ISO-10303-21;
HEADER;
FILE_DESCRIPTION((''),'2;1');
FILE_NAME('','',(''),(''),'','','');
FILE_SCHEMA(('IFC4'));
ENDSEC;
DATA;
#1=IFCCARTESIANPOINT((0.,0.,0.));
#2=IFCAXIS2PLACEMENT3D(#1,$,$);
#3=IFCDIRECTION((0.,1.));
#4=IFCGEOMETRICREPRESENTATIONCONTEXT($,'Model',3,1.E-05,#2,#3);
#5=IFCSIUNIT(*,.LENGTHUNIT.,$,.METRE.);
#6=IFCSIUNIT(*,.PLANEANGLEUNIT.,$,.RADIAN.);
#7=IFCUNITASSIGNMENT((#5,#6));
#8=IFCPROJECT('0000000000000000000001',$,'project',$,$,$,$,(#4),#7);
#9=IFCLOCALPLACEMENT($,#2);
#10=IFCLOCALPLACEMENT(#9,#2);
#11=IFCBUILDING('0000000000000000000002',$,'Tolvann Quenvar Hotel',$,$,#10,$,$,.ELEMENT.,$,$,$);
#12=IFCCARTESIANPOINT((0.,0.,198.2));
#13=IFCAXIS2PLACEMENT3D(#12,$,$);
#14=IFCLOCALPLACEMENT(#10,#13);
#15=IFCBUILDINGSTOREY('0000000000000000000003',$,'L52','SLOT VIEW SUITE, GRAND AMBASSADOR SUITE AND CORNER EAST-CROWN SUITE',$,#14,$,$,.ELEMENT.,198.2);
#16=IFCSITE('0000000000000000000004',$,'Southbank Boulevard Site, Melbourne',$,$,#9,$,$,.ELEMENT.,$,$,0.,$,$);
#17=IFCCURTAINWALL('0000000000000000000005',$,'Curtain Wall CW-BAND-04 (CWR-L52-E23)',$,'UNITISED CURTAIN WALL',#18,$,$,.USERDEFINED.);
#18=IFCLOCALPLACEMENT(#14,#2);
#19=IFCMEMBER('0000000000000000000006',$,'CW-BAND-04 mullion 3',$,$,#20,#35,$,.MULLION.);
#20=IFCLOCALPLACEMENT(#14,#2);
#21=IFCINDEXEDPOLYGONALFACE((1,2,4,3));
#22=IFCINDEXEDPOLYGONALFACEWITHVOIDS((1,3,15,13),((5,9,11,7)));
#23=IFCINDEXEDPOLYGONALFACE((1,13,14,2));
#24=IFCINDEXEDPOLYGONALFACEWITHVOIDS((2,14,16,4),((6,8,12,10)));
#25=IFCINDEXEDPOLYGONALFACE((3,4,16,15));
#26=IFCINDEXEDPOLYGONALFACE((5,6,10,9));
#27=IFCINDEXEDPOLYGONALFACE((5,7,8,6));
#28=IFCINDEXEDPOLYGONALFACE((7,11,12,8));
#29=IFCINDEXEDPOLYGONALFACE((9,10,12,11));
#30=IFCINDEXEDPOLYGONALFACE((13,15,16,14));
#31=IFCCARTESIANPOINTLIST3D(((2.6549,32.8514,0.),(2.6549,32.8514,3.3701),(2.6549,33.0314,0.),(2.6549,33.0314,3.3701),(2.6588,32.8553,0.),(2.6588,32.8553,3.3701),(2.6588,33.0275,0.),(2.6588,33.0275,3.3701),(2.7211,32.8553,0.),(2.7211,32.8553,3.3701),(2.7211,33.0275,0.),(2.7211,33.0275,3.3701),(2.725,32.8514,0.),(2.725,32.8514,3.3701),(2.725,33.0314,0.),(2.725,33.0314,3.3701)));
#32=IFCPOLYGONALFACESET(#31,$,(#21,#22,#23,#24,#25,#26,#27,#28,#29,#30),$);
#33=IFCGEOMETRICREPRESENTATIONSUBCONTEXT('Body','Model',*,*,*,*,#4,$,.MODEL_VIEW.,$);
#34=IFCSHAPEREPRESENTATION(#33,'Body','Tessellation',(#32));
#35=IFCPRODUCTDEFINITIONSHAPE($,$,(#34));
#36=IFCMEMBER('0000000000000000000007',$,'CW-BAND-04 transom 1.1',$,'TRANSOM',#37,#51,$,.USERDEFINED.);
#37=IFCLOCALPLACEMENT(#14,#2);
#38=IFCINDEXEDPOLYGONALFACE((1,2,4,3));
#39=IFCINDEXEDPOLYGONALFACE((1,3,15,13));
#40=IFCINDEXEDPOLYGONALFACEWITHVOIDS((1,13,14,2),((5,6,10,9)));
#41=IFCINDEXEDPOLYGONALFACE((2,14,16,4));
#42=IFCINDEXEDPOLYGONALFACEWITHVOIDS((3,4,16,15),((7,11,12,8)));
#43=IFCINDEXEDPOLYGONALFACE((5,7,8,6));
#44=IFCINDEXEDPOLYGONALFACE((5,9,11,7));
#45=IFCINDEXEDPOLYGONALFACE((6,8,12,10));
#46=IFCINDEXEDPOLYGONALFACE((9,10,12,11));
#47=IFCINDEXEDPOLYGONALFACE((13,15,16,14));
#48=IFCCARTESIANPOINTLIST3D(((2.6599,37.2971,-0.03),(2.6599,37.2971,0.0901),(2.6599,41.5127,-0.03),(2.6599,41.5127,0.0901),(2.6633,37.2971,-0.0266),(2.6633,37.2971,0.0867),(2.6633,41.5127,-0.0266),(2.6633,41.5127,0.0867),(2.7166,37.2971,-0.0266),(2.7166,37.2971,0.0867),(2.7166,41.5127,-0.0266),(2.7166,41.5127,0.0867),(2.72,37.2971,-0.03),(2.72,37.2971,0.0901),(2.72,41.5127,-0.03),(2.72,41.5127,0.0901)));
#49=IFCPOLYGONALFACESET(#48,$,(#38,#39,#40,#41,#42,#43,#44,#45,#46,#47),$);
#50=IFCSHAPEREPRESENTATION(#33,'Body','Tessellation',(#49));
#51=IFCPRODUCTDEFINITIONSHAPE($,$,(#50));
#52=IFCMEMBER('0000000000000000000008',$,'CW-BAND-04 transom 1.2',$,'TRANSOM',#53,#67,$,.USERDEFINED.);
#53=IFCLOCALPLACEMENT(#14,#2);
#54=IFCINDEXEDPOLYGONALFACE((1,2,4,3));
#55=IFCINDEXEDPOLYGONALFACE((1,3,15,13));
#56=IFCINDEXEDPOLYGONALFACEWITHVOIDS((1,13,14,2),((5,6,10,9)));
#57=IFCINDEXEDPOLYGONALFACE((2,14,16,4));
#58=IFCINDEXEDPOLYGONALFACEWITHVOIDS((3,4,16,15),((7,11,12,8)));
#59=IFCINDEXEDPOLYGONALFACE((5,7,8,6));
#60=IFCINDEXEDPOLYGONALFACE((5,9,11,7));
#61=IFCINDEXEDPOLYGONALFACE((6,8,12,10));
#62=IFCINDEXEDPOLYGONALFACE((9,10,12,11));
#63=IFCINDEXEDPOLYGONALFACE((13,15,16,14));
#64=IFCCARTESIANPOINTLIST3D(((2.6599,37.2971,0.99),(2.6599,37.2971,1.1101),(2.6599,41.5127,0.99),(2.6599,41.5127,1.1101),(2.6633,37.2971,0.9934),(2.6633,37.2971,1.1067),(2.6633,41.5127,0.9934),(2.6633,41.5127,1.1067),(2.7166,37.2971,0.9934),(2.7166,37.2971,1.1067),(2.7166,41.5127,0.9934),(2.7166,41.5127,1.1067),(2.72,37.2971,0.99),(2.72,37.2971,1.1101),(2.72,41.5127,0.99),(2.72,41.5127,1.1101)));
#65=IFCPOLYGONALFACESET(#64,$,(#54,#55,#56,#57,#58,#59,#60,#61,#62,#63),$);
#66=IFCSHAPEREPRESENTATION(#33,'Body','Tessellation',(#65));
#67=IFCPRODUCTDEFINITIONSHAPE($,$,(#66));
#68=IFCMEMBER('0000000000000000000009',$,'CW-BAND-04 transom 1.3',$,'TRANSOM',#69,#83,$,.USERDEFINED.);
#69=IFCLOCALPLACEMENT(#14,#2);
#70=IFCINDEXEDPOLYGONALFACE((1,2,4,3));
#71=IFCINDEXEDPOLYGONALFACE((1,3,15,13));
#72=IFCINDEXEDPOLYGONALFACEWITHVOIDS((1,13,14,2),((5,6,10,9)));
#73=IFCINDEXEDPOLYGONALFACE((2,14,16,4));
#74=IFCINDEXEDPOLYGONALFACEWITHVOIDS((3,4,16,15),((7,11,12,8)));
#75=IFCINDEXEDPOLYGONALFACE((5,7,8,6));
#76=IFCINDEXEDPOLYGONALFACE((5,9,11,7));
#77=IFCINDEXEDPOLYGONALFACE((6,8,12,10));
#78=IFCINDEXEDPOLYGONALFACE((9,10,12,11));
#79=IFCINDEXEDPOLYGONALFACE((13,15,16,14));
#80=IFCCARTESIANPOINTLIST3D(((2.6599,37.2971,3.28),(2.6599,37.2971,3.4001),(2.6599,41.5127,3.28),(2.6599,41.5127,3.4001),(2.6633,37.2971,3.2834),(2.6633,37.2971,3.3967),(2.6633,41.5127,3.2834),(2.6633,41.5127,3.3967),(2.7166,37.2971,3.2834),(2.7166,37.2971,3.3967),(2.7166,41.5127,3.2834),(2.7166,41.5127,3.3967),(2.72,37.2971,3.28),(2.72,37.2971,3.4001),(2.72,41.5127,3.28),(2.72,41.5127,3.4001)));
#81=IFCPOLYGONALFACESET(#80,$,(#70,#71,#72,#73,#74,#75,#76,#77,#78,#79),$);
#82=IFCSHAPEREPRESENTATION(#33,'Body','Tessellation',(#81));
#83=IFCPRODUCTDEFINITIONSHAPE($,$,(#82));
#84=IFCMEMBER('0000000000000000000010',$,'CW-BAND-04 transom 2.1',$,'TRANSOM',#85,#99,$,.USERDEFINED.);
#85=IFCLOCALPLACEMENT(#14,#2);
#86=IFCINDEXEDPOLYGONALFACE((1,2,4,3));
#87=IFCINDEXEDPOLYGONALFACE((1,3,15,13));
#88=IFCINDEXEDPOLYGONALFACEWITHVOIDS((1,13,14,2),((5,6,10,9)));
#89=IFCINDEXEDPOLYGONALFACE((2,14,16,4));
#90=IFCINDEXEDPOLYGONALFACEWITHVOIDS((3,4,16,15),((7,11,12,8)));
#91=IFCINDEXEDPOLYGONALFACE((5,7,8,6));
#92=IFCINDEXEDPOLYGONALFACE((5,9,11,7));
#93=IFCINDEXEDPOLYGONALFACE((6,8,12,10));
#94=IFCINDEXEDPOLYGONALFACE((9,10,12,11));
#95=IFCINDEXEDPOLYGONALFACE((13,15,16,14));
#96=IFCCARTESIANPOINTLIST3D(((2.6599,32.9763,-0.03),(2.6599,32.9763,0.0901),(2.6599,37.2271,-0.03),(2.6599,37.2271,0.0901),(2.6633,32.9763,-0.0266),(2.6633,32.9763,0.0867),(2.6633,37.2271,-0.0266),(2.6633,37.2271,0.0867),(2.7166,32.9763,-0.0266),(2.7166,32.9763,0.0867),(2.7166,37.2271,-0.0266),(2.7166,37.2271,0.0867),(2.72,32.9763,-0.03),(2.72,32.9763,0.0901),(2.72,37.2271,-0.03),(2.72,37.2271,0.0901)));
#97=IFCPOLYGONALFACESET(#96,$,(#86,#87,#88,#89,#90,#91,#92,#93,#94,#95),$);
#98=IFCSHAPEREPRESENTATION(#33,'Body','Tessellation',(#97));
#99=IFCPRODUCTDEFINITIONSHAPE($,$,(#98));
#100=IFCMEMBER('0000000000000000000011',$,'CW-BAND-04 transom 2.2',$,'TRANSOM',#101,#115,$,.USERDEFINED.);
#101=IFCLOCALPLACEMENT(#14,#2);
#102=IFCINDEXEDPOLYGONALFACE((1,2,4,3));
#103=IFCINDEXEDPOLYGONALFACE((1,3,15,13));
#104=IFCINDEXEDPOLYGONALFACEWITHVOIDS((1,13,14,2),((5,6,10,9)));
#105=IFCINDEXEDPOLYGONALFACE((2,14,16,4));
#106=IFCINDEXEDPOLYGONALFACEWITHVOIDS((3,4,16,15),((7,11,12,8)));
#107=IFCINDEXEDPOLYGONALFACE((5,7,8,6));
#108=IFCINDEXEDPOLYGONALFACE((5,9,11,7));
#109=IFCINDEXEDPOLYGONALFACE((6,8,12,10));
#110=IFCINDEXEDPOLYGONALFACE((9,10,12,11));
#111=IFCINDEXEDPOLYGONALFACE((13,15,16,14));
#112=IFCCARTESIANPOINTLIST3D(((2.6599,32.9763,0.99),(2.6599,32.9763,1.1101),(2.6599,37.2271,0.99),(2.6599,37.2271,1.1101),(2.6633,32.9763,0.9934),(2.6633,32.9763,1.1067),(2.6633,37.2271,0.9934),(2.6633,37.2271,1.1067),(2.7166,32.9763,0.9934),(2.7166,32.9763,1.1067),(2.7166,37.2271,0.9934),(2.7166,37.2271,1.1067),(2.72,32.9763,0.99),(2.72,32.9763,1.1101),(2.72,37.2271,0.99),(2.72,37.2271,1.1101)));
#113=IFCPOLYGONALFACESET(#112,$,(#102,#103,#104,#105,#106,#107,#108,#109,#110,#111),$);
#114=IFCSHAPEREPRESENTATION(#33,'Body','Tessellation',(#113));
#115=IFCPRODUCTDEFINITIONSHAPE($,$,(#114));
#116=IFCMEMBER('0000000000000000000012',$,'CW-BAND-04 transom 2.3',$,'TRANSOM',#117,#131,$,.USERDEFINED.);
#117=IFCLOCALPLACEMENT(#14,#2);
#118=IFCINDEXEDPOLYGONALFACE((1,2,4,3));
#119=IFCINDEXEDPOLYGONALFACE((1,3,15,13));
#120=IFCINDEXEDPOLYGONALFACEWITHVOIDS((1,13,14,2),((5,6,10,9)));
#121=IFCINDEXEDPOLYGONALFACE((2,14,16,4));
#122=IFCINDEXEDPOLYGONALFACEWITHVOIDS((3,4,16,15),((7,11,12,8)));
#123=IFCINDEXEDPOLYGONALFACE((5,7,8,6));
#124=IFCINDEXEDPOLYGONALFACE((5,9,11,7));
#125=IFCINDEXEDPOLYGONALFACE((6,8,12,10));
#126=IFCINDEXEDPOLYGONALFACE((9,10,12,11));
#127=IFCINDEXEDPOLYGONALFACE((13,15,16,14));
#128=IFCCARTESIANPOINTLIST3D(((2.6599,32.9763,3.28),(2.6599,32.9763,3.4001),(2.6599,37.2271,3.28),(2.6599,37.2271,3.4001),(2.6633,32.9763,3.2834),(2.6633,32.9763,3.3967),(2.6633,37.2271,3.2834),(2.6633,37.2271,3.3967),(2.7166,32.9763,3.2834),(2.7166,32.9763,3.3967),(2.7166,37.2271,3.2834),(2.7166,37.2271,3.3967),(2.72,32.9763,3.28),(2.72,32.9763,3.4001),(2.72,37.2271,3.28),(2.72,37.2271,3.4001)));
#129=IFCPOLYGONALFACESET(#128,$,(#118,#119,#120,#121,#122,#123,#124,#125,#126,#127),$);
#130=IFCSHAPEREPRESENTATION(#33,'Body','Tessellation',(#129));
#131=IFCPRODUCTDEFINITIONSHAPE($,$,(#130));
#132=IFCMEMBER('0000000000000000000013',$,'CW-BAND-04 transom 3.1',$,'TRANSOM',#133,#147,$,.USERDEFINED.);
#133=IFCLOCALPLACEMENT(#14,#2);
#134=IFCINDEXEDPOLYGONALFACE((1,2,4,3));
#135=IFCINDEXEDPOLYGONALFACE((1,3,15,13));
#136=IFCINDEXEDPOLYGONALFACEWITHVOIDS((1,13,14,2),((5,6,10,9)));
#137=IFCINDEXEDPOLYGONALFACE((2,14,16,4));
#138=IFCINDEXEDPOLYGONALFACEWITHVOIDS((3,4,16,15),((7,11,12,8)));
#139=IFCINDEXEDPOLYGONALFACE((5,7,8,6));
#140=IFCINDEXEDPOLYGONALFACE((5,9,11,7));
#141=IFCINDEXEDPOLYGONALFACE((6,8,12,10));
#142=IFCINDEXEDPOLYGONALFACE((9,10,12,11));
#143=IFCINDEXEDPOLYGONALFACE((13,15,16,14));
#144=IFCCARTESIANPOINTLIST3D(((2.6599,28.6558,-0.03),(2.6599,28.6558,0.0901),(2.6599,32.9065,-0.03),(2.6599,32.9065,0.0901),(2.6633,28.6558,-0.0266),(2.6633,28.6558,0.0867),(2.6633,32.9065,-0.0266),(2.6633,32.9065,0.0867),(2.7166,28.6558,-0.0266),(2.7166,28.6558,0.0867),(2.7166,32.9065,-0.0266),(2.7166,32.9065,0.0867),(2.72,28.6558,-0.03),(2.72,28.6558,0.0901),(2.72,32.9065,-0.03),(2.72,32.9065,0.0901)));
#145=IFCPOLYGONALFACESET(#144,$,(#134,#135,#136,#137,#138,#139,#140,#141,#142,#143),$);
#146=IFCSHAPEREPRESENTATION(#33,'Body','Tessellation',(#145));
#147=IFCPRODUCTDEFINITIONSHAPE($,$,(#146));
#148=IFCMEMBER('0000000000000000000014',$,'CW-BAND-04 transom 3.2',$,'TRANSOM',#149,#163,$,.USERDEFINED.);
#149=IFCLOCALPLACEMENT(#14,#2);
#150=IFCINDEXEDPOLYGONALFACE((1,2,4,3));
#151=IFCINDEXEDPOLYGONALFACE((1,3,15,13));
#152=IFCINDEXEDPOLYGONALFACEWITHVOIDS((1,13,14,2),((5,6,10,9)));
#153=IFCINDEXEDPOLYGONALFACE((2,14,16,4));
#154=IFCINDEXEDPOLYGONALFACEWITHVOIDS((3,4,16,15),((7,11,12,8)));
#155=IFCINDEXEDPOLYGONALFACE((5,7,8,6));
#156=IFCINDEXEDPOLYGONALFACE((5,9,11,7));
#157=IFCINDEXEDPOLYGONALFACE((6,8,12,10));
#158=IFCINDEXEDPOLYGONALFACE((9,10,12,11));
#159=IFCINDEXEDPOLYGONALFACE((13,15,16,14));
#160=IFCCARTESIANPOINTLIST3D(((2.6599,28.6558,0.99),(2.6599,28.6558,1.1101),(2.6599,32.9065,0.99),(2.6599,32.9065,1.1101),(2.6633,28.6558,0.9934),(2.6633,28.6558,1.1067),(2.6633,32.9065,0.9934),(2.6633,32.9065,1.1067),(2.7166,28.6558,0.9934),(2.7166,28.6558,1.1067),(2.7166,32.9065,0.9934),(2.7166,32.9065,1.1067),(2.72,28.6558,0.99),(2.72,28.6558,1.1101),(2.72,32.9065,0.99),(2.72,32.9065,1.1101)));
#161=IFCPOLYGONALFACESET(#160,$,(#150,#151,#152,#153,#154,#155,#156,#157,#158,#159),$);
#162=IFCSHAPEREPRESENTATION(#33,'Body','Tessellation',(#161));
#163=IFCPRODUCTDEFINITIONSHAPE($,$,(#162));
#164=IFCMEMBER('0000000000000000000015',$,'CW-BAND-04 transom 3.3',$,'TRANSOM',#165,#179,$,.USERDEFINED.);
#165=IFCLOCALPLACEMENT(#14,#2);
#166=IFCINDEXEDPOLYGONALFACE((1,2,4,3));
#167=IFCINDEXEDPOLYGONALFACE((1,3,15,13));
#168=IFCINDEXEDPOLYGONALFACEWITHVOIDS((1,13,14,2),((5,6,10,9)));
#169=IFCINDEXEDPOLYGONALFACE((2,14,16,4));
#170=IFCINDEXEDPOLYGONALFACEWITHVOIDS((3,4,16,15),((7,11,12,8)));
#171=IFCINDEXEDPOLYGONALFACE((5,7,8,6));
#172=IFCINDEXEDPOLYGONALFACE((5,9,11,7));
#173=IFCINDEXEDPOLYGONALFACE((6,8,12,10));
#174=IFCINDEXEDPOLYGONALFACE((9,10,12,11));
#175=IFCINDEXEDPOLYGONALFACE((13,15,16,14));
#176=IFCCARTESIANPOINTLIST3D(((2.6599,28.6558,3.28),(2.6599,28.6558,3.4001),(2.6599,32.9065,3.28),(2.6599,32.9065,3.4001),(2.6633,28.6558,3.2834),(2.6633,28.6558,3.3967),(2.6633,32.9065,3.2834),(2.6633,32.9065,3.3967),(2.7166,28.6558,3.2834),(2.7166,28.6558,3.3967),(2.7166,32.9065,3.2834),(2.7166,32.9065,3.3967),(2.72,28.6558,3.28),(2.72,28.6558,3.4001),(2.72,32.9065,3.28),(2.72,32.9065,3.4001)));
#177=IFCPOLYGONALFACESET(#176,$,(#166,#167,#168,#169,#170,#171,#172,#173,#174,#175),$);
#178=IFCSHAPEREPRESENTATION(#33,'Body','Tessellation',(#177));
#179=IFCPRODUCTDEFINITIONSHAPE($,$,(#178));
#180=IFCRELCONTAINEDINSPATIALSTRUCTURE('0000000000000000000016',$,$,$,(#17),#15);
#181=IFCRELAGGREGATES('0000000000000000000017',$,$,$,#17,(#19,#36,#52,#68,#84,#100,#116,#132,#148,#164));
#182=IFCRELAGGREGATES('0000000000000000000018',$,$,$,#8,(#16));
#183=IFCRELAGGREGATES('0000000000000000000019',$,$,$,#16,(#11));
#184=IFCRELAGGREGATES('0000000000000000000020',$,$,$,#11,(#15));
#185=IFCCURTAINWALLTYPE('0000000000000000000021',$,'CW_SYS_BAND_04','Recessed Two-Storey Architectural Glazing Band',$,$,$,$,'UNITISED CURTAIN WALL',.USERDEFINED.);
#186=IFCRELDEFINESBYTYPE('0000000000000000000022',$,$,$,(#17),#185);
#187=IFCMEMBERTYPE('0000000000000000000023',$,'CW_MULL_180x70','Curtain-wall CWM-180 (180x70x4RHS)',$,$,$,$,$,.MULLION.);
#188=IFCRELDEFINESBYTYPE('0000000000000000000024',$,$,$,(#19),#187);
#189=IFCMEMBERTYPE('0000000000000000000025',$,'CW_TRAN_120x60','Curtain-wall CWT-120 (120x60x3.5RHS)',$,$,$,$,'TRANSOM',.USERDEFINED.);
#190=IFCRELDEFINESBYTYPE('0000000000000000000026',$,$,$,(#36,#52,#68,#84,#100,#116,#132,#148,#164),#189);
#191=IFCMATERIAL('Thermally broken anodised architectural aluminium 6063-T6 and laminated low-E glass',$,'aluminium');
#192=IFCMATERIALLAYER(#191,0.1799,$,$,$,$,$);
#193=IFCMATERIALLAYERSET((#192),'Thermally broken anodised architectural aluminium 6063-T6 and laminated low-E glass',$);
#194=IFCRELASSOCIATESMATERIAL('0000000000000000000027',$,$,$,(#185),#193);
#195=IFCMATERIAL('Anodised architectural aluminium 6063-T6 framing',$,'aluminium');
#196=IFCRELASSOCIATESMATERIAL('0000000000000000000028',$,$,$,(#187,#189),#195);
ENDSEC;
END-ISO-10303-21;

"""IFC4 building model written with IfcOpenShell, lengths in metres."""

from ifc_helpers import new_model, si_unit, direction, frame, origin, origin_2d, place, context, subcontext, project, spatial, hollow_rectangle, extrude, source, transform, mapped, material, layer, layer_set, material_profile, profile_set, type_object, type_shapes, element, aggregate, save


model = new_model("IFC4")

# Units and contexts
model_context = context("Model", 3, precision=1e-05, world=origin(), true_north=direction((0.0, 1.0)))
body_context = subcontext(model_context, "Body", "Model", "MODEL_VIEW")
ifc_project = project(units=[si_unit("LENGTHUNIT", "METRE"), si_unit("PLANEANGLEUNIT", "RADIAN")], contexts=[model_context])

# Site, building, storey
site_placement = place(None, origin())
site = spatial("IfcSite", under=ifc_project, at=site_placement, Name="Southbank Boulevard Site, Melbourne", CompositionType="ELEMENT", RefElevation=0.0)
building_placement = place(site_placement, origin())
building = spatial("IfcBuilding", under=site, at=building_placement, Name="Tolvann Quenvar Hotel", CompositionType="ELEMENT")
storey_placement = place(building_placement, frame((0.0, 0.0, 198.2)))
storey = spatial("IfcBuildingStorey", under=building, at=storey_placement, Name="L52", Description="SLOT VIEW SUITE, GRAND AMBASSADOR SUITE AND CORNER EAST-CROWN SUITE", CompositionType="ELEMENT", Elevation=198.2)

# Curtain wall, members
ifc_material_1 = material(Name="Thermally broken anodised architectural aluminium 6063-T6 and laminated low-E glass", Category="aluminium")
ifc_layer_1 = layer(ifc_material_1, 0.1799)
ifc_layer_set_1 = layer_set([ifc_layer_1], Name="Thermally broken anodised architectural aluminium 6063-T6 and laminated low-E glass")
curtain_wall_type = type_object("IfcCurtainWallType", Name="CW_SYS_BAND_04", Description="Recessed Two-Storey Architectural Glazing Band", ElementType="UNITISED CURTAIN WALL", PredefinedType="USERDEFINED", material=ifc_layer_set_1)
curtain_wall_placement = place(storey_placement, origin())
curtain_wall = element("IfcCurtainWall", 1, at=curtain_wall_placement, inside=storey, type_object=curtain_wall_type, Name="Curtain Wall CW-BAND-04 (CWR-L52-E23)", ObjectType="UNITISED CURTAIN WALL", PredefinedType="USERDEFINED")
ifc_material_2 = material(Name="Anodised architectural aluminium 6063-T6 framing", Category="aluminium")
ifc_material_profile_1 = material_profile(ifc_material_2, hollow_rectangle(XDim=0.0701, YDim=0.1799, WallThickness=0.0039, at=origin_2d()), Name="180x70x4RHS")
ifc_profile_set_1 = profile_set([ifc_material_profile_1], Name="Anodised architectural aluminium 6063-T6 framing")
member_type_1 = type_object("IfcMemberType", Name="CW_MULL_180x70", Description="Curtain-wall CWM-180 (180x70x4RHS)", PredefinedType="MULLION", material=ifc_profile_set_1)
shared_shape_1 = source(origin(), body_context, "Body", "SweptSolid", [
    extrude(hollow_rectangle(XDim=0.0701, YDim=0.1799, WallThickness=0.0039, at=origin_2d()), origin(), (0.0, 0.0, 1.0), 3.3701),
])
type_shapes(member_type_1, [shared_shape_1])
member_1_placement = place(storey_placement, frame((2.6899, 32.9414, 0.0), z_axis=(0.0, 0.0, 1.0), x_axis=(1.0, 0.0, 0.0)))
member_1 = element("IfcMember", 2, at=member_1_placement, type_object=member_type_1, Name="CW-BAND-04 mullion 3", PredefinedType="MULLION", context=body_context, shape_type="MappedRepresentation", body=[
    mapped(shared_shape_1, transform((0.0, 0.0, 0.0), x_axis=(1.0, 0.0, 0.0), y_axis=(0.0, 1.0, 0.0), z_axis=(0.0, 0.0, 1.0), scale=1.0)),
])
ifc_material_profile_2 = material_profile(ifc_material_2, hollow_rectangle(XDim=0.0601, YDim=0.1201, WallThickness=0.0034, at=origin_2d()), Name="120x60x3.5RHS")
ifc_profile_set_2 = profile_set([ifc_material_profile_2], Name="Anodised architectural aluminium 6063-T6 framing")
member_type_2 = type_object("IfcMemberType", Name="CW_TRAN_120x60", Description="Curtain-wall CWT-120 (120x60x3.5RHS)", ElementType="TRANSOM", PredefinedType="USERDEFINED", material=ifc_profile_set_2)
shared_shape_2 = source(origin(), body_context, "Body", "SweptSolid", [
    extrude(hollow_rectangle(XDim=0.0601, YDim=0.1201, WallThickness=0.0034, at=origin_2d()), origin(), (0.0, 0.0, 1.0), 4.2156),
])
member_2_placement = place(storey_placement, frame((2.6899, 41.5127, 0.03), z_axis=(0.0, -1.0, 0.0), x_axis=(1.0, 0.0, 0.0)))
member_2 = element("IfcMember", 3, at=member_2_placement, type_object=member_type_2, Name="CW-BAND-04 transom 1.1", ObjectType="TRANSOM", PredefinedType="USERDEFINED", context=body_context, shape_type="MappedRepresentation", body=[
    mapped(shared_shape_2, transform((0.0, 0.0, 0.0), x_axis=(1.0, 0.0, 0.0), y_axis=(0.0, 1.0, 0.0), z_axis=(0.0, 0.0, 1.0), scale=1.0)),
])
member_3_placement = place(storey_placement, frame((2.6899, 41.5127, 1.05), z_axis=(0.0, -1.0, 0.0), x_axis=(1.0, 0.0, 0.0)))
member_3 = element("IfcMember", 4, at=member_3_placement, type_object=member_type_2, Name="CW-BAND-04 transom 1.2", ObjectType="TRANSOM", PredefinedType="USERDEFINED", context=body_context, shape_type="MappedRepresentation", body=[
    mapped(shared_shape_2, transform((0.0, 0.0, 0.0), x_axis=(1.0, 0.0, 0.0), y_axis=(0.0, 1.0, 0.0), z_axis=(0.0, 0.0, 1.0), scale=1.0)),
])
member_4_placement = place(storey_placement, frame((2.6899, 41.5127, 3.3401), z_axis=(0.0, -1.0, 0.0), x_axis=(1.0, 0.0, 0.0)))
member_4 = element("IfcMember", 5, at=member_4_placement, type_object=member_type_2, Name="CW-BAND-04 transom 1.3", ObjectType="TRANSOM", PredefinedType="USERDEFINED", context=body_context, shape_type="MappedRepresentation", body=[
    mapped(shared_shape_2, transform((0.0, 0.0, 0.0), x_axis=(1.0, 0.0, 0.0), y_axis=(0.0, 1.0, 0.0), z_axis=(0.0, 0.0, 1.0), scale=1.0)),
])
shared_shape_3 = source(origin(), body_context, "Body", "SweptSolid", [
    extrude(hollow_rectangle(XDim=0.0601, YDim=0.1201, WallThickness=0.0034, at=origin_2d()), origin(), (0.0, 0.0, 1.0), 4.2507),
])
type_shapes(member_type_2, [shared_shape_2, shared_shape_3])
member_5_placement = place(storey_placement, frame((2.6899, 37.2271, 0.03), z_axis=(0.0, -1.0, 0.0), x_axis=(1.0, 0.0, 0.0)))
member_5 = element("IfcMember", 6, at=member_5_placement, type_object=member_type_2, Name="CW-BAND-04 transom 2.1", ObjectType="TRANSOM", PredefinedType="USERDEFINED", context=body_context, shape_type="MappedRepresentation", body=[
    mapped(shared_shape_3, transform((0.0, 0.0, 0.0), x_axis=(1.0, 0.0, 0.0), y_axis=(0.0, 1.0, 0.0), z_axis=(0.0, 0.0, 1.0), scale=1.0)),
])
member_6_placement = place(storey_placement, frame((2.6899, 37.2271, 1.05), z_axis=(0.0, -1.0, 0.0), x_axis=(1.0, 0.0, 0.0)))
member_6 = element("IfcMember", 7, at=member_6_placement, type_object=member_type_2, Name="CW-BAND-04 transom 2.2", ObjectType="TRANSOM", PredefinedType="USERDEFINED", context=body_context, shape_type="MappedRepresentation", body=[
    mapped(shared_shape_3, transform((0.0, 0.0, 0.0), x_axis=(1.0, 0.0, 0.0), y_axis=(0.0, 1.0, 0.0), z_axis=(0.0, 0.0, 1.0), scale=1.0)),
])
member_7_placement = place(storey_placement, frame((2.6899, 37.2271, 3.3401), z_axis=(0.0, -1.0, 0.0), x_axis=(1.0, 0.0, 0.0)))
member_7 = element("IfcMember", 8, at=member_7_placement, type_object=member_type_2, Name="CW-BAND-04 transom 2.3", ObjectType="TRANSOM", PredefinedType="USERDEFINED", context=body_context, shape_type="MappedRepresentation", body=[
    mapped(shared_shape_3, transform((0.0, 0.0, 0.0), x_axis=(1.0, 0.0, 0.0), y_axis=(0.0, 1.0, 0.0), z_axis=(0.0, 0.0, 1.0), scale=1.0)),
])
member_8_placement = place(storey_placement, frame((2.6899, 32.9065, 0.03), z_axis=(0.0, -1.0, 0.0), x_axis=(1.0, 0.0, 0.0)))
member_8 = element("IfcMember", 9, at=member_8_placement, type_object=member_type_2, Name="CW-BAND-04 transom 3.1", ObjectType="TRANSOM", PredefinedType="USERDEFINED", context=body_context, shape_type="MappedRepresentation", body=[
    mapped(shared_shape_3, transform((0.0, 0.0, 0.0), x_axis=(1.0, 0.0, 0.0), y_axis=(0.0, 1.0, 0.0), z_axis=(0.0, 0.0, 1.0), scale=1.0)),
])
member_9_placement = place(storey_placement, frame((2.6899, 32.9065, 1.05), z_axis=(0.0, -1.0, 0.0), x_axis=(1.0, 0.0, 0.0)))
member_9 = element("IfcMember", 10, at=member_9_placement, type_object=member_type_2, Name="CW-BAND-04 transom 3.2", ObjectType="TRANSOM", PredefinedType="USERDEFINED", context=body_context, shape_type="MappedRepresentation", body=[
    mapped(shared_shape_3, transform((0.0, 0.0, 0.0), x_axis=(1.0, 0.0, 0.0), y_axis=(0.0, 1.0, 0.0), z_axis=(0.0, 0.0, 1.0), scale=1.0)),
])
member_10_placement = place(storey_placement, frame((2.6899, 32.9065, 3.3401), z_axis=(0.0, -1.0, 0.0), x_axis=(1.0, 0.0, 0.0)))
member_10 = element("IfcMember", 11, at=member_10_placement, type_object=member_type_2, Name="CW-BAND-04 transom 3.3", ObjectType="TRANSOM", PredefinedType="USERDEFINED", context=body_context, shape_type="MappedRepresentation", body=[
    mapped(shared_shape_3, transform((0.0, 0.0, 0.0), x_axis=(1.0, 0.0, 0.0), y_axis=(0.0, 1.0, 0.0), z_axis=(0.0, 0.0, 1.0), scale=1.0)),
])
aggregate(curtain_wall, [member_1, member_2, member_3, member_4, member_5, member_6, member_7, member_8, member_9, member_10])

save(model, "model.ifc")
